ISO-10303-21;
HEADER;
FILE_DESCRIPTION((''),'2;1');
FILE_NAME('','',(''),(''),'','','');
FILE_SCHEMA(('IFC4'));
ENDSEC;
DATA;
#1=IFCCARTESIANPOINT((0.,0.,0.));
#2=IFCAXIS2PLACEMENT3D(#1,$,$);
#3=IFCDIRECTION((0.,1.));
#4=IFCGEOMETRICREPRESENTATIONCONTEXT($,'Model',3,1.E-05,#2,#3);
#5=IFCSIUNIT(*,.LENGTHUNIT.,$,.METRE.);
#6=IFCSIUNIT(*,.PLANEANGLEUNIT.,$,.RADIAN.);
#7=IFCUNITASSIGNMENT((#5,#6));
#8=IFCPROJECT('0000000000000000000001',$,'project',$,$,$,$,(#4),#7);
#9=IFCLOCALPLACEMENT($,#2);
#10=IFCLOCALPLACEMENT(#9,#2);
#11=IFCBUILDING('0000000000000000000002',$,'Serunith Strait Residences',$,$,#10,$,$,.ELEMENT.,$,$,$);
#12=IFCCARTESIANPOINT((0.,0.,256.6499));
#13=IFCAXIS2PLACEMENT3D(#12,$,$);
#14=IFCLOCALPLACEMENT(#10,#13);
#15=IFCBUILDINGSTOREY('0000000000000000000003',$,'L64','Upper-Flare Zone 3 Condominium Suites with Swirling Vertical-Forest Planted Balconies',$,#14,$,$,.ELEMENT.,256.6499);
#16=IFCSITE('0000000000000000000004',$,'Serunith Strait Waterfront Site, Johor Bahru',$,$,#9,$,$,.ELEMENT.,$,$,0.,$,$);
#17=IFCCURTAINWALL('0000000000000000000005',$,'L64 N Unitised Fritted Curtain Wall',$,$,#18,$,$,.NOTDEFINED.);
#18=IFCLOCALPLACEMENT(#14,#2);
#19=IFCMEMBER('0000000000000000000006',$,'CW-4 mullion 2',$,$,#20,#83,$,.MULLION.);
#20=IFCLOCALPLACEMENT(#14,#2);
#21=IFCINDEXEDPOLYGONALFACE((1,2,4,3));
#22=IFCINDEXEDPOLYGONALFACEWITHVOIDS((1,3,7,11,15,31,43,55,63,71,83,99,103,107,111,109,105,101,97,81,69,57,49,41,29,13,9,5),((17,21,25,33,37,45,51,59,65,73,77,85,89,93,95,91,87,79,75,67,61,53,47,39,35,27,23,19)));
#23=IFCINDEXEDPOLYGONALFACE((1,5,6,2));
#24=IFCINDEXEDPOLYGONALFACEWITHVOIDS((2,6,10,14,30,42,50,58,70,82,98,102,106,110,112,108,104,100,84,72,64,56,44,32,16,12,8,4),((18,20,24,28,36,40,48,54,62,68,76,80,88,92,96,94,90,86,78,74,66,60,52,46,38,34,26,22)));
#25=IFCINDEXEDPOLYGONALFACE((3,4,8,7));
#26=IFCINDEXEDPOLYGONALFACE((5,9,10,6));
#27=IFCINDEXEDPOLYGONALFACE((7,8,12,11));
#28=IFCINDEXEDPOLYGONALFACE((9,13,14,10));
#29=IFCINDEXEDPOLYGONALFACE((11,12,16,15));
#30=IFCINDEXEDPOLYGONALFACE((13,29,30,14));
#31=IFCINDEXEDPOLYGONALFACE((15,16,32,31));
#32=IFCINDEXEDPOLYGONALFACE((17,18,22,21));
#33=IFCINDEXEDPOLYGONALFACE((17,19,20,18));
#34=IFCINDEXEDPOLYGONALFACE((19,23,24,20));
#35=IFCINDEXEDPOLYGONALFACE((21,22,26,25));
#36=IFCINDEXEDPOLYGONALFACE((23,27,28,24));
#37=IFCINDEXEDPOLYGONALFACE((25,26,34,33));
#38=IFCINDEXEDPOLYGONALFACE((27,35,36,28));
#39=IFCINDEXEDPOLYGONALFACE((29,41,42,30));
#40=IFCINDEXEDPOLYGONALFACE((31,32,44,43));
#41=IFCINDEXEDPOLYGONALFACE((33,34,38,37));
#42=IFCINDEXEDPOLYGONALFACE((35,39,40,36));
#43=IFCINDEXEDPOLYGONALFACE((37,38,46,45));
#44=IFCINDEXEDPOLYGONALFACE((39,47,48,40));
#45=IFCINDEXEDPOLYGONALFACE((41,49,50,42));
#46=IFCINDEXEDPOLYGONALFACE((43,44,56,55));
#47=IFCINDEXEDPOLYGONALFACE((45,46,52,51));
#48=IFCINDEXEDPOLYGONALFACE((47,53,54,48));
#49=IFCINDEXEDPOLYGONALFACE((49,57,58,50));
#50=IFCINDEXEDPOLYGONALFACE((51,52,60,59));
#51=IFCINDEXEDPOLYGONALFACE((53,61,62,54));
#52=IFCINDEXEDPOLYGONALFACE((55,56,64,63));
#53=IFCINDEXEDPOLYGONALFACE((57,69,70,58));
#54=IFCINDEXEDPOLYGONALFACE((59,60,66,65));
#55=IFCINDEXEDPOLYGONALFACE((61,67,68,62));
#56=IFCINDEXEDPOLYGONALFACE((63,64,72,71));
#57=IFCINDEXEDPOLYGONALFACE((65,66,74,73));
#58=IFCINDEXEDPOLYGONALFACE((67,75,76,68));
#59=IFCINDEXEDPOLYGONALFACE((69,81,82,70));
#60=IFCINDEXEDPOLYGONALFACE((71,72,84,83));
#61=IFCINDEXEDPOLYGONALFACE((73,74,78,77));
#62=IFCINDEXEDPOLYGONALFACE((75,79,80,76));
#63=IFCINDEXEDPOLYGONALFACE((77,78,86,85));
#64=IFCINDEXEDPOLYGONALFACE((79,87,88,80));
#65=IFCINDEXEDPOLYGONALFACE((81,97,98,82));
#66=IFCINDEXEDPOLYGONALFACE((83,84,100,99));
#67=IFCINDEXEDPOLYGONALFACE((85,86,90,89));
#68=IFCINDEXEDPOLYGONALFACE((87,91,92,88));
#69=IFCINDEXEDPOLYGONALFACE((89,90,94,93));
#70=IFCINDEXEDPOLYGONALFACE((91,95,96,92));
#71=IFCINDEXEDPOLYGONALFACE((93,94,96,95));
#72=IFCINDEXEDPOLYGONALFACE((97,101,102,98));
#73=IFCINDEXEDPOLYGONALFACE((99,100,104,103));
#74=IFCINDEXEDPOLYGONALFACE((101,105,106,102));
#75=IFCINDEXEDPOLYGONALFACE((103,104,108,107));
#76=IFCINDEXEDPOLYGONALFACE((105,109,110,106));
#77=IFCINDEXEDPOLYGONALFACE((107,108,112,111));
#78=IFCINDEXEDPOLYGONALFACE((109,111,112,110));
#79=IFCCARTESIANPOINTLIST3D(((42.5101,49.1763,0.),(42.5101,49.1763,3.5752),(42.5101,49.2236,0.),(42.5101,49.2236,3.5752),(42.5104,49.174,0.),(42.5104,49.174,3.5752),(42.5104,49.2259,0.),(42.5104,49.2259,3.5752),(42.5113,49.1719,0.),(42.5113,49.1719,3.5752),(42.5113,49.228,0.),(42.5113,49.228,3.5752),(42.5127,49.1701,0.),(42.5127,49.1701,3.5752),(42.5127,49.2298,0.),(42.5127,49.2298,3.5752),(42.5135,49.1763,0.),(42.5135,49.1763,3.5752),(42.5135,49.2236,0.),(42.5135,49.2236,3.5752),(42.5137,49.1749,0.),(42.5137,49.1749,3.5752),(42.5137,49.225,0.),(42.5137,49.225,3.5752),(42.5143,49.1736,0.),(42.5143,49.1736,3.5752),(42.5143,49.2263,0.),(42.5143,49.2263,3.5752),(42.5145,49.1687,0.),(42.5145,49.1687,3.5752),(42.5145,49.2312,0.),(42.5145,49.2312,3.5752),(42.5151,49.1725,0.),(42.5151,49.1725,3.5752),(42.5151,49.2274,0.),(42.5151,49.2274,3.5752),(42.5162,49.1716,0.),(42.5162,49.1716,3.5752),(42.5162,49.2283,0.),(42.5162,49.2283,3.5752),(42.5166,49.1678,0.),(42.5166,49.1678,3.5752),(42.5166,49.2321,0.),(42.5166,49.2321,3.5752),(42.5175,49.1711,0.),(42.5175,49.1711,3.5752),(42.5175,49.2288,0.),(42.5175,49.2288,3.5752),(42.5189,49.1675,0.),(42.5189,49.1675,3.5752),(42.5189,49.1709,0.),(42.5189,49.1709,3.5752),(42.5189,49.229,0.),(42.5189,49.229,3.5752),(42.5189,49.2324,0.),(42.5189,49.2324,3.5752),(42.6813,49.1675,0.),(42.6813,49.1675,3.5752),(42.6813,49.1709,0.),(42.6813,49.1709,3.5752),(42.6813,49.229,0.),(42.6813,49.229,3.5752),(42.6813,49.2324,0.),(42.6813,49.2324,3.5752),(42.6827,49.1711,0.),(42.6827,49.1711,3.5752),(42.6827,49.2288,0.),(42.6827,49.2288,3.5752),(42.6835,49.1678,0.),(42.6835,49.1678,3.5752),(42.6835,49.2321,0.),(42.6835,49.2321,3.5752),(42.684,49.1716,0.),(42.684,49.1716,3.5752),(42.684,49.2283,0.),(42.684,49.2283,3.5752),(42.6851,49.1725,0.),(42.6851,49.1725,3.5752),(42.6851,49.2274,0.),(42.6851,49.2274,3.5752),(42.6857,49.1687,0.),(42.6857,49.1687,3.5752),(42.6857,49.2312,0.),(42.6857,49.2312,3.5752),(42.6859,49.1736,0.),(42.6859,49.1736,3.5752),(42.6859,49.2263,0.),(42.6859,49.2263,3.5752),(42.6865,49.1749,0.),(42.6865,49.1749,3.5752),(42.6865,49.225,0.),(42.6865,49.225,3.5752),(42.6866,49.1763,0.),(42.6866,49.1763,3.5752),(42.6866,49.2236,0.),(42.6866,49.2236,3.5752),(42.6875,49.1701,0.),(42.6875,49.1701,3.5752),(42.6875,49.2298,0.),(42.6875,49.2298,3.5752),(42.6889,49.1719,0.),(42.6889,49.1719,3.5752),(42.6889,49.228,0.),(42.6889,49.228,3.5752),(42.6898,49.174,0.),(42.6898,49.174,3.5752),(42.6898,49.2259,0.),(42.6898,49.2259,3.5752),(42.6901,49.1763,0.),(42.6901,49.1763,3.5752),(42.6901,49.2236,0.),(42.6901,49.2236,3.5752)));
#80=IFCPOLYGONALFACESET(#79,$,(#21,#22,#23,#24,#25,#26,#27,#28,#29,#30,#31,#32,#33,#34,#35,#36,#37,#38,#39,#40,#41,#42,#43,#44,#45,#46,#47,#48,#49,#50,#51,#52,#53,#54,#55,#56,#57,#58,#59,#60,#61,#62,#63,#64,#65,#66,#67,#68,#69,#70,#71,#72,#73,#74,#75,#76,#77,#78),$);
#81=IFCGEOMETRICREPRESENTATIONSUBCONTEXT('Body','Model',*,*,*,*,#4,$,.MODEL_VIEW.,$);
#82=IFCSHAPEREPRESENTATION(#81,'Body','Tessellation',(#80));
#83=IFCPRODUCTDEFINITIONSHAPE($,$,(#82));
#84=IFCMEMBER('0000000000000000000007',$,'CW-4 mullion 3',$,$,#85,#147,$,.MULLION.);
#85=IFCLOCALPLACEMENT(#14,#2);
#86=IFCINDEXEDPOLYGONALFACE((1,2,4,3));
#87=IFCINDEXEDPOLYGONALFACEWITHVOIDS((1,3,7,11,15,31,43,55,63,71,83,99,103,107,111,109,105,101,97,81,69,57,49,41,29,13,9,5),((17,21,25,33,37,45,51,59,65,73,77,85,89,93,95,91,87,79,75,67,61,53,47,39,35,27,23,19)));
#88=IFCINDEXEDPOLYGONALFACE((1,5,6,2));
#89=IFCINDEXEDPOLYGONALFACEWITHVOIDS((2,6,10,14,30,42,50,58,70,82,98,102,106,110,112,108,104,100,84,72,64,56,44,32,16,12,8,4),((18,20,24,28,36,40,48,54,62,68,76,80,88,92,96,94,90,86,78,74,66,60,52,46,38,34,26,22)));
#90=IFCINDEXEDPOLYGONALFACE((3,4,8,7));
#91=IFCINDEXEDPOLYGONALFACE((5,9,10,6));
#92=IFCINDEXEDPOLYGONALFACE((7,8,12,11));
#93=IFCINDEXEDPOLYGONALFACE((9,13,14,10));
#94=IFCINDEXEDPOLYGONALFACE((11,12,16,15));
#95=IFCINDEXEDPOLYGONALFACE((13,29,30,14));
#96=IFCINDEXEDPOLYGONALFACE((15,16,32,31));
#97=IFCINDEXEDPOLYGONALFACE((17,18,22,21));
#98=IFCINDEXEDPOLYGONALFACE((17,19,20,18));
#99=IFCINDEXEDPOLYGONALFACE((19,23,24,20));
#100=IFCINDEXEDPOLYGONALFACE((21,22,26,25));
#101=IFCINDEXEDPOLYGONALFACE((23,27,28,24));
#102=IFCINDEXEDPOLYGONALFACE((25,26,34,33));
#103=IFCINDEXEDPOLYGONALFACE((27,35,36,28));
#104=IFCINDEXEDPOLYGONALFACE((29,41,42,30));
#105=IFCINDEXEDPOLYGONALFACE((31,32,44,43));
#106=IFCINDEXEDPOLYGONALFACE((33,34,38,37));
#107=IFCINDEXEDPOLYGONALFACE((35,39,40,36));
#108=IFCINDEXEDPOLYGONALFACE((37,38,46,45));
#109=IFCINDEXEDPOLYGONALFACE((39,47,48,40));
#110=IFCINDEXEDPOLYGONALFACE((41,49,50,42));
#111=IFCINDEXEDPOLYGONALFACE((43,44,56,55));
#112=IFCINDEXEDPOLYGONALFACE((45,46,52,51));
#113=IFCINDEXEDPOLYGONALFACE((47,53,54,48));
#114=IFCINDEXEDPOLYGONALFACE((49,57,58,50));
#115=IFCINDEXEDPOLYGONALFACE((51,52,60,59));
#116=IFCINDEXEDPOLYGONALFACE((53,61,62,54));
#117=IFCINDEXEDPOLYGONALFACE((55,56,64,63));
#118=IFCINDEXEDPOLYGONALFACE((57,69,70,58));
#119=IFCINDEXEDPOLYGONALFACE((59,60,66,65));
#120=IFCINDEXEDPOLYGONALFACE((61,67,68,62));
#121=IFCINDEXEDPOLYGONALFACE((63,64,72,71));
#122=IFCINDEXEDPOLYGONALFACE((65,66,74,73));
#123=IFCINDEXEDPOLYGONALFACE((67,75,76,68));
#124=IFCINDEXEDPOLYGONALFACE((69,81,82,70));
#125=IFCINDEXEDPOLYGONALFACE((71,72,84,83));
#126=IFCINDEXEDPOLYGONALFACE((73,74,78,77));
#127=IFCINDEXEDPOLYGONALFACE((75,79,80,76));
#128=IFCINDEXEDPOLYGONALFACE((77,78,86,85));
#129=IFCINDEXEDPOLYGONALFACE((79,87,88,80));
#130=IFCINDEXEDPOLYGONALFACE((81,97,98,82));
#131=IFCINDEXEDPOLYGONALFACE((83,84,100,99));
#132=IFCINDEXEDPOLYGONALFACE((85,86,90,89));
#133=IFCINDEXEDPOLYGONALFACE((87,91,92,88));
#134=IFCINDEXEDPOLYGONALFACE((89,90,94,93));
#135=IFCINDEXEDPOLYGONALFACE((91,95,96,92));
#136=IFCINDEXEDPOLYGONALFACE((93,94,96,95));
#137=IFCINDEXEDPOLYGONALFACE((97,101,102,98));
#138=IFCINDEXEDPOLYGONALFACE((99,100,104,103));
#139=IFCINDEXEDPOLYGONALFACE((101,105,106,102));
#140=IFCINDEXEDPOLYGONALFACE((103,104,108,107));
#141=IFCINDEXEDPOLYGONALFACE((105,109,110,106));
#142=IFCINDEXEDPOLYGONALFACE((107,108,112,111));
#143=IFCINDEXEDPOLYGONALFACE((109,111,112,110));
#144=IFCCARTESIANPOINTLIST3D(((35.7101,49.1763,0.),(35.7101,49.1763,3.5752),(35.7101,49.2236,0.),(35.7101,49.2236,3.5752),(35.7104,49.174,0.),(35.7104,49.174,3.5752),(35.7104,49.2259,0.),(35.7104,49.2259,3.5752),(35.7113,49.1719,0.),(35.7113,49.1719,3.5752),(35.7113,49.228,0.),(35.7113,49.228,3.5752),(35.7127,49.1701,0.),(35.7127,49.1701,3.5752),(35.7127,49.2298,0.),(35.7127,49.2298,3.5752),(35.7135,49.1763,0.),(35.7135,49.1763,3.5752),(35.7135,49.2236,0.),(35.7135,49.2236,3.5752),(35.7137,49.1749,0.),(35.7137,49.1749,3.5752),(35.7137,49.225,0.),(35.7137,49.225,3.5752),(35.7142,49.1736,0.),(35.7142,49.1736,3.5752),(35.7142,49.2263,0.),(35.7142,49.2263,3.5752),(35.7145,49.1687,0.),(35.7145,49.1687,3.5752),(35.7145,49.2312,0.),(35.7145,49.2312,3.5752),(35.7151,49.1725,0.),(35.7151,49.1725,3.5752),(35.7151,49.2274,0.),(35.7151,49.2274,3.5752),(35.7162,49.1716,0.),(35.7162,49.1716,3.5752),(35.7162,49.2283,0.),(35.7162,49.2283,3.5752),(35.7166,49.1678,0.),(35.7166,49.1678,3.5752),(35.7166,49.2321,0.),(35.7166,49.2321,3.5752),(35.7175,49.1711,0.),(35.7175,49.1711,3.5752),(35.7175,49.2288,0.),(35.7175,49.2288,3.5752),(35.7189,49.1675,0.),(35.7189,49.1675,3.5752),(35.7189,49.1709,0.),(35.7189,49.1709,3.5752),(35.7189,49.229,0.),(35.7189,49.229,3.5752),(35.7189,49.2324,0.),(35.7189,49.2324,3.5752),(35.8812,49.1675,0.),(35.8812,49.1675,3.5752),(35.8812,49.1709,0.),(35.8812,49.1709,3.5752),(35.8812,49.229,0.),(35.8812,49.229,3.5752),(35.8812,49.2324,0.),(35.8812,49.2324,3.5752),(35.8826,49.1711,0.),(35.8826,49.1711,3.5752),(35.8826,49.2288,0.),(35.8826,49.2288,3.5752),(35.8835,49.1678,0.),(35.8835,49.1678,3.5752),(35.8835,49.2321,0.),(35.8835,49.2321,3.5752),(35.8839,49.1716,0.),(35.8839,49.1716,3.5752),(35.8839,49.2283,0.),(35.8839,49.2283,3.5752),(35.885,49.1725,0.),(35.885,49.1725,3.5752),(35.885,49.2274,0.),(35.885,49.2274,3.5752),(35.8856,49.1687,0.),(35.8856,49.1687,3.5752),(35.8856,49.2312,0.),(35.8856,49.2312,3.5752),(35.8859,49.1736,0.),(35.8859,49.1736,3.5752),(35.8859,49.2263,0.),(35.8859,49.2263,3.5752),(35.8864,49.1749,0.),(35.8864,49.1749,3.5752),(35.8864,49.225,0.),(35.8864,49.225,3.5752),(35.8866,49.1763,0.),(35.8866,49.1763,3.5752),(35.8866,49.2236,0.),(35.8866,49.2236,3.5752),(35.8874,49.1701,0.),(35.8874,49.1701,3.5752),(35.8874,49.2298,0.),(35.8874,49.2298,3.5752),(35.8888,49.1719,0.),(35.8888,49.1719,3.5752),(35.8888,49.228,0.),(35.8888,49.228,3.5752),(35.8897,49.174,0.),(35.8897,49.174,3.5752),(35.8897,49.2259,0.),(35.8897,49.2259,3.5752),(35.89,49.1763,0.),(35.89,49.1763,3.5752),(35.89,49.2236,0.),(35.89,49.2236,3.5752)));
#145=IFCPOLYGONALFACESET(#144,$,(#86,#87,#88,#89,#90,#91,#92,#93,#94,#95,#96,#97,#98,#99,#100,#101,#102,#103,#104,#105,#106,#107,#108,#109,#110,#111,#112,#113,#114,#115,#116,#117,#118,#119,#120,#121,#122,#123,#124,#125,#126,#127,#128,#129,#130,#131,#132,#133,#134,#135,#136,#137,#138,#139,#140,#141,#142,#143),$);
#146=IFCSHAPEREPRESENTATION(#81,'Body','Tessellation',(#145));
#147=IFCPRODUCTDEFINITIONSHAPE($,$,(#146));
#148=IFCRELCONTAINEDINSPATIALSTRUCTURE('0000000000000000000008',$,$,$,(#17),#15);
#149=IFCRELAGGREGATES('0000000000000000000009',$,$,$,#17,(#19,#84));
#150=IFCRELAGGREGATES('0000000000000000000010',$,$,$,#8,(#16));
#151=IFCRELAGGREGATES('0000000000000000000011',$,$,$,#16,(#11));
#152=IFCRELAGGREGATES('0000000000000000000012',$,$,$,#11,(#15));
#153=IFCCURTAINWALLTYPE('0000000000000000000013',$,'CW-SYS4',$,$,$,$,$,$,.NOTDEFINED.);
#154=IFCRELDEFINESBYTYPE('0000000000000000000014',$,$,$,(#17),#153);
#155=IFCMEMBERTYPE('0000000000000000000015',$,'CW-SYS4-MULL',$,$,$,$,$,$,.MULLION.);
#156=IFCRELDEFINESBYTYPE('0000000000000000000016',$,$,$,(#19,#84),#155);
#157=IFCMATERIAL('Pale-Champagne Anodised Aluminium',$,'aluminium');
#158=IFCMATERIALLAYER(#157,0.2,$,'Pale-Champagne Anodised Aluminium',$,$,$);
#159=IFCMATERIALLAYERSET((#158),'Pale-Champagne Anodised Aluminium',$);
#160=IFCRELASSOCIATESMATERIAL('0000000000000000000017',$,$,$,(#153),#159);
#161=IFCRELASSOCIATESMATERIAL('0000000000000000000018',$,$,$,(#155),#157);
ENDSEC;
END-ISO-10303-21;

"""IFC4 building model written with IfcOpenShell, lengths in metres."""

from ifc_helpers import new_model, si_unit, direction, frame, origin, origin_2d, place, context, subcontext, project, spatial, hollow_rectangle, extrude, source, transform, mapped, material, layer, layer_set, material_profile, profile_set, type_object, element, aggregate, save


model = new_model("IFC4")

# Units and contexts
model_context = context("Model", 3, precision=1e-05, world=origin(), true_north=direction((0.0, 1.0)))
body_context = subcontext(model_context, "Body", "Model", "MODEL_VIEW")
ifc_project = project(units=[si_unit("LENGTHUNIT", "METRE"), si_unit("PLANEANGLEUNIT", "RADIAN")], contexts=[model_context])

# Site, building, storey
site_placement = place(None, origin())
site = spatial("IfcSite", under=ifc_project, at=site_placement, Name="Serunith Strait Waterfront Site, Johor Bahru", CompositionType="ELEMENT", RefElevation=0.0)
building_placement = place(site_placement, origin())
building = spatial("IfcBuilding", under=site, at=building_placement, Name="Serunith Strait Residences", CompositionType="ELEMENT")
storey_placement = place(building_placement, frame((0.0, 0.0, 256.6499)))
storey = spatial("IfcBuildingStorey", under=building, at=storey_placement, Name="L64", Description="Upper-Flare Zone 3 Condominium Suites with Swirling Vertical-Forest Planted Balconies", CompositionType="ELEMENT", Elevation=256.6499)

# Curtain wall, members
ifc_material_1 = material(Name="Pale-Champagne Anodised Aluminium", Category="aluminium")
ifc_layer_1 = layer(ifc_material_1, 0.2, Name="Pale-Champagne Anodised Aluminium")
ifc_layer_set_1 = layer_set([ifc_layer_1], Name="Pale-Champagne Anodised Aluminium")
curtain_wall_type = type_object("IfcCurtainWallType", Name="CW-SYS4", PredefinedType="NOTDEFINED", material=ifc_layer_set_1)
curtain_wall_placement = place(storey_placement, origin())
curtain_wall = element("IfcCurtainWall", 1, at=curtain_wall_placement, inside=storey, type_object=curtain_wall_type, Name="L64 N Unitised Fritted Curtain Wall", PredefinedType="NOTDEFINED")
ifc_material_profile_1 = material_profile(ifc_material_1, hollow_rectangle(XDim=0.0649, YDim=0.1799, WallThickness=0.0034, InnerFilletRadius=0.0054, OuterFilletRadius=0.0088, at=origin_2d()), Name="ALU 180x65x3.5")
ifc_profile_set_1 = profile_set([ifc_material_profile_1], Name="Pale-Champagne Anodised Aluminium")
member_type_1 = type_object("IfcMemberType", Name="CW-SYS4-MULL", PredefinedType="MULLION", material=ifc_profile_set_1)
shared_shape_1 = source(origin(), body_context, "Body", "SweptSolid", [
    extrude(hollow_rectangle(XDim=0.0649, YDim=0.1799, WallThickness=0.0034, InnerFilletRadius=0.0054, OuterFilletRadius=0.0088, at=origin_2d()), origin(), (0.0, 0.0, 1.0), 3.5752),
])
member_1_placement = place(storey_placement, frame((42.6001, 49.2, 0.0), z_axis=(0.0, 0.0, 1.0), x_axis=(0.0, -1.0, 0.0)))
member_1 = element("IfcMember", 2, at=member_1_placement, type_object=member_type_1, Name="CW-4 mullion 2", PredefinedType="MULLION", context=body_context, shape_type="MappedRepresentation", body=[
    mapped(shared_shape_1, transform((0.0, 0.0, 0.0), scale=1.0)),
])
member_2_placement = place(storey_placement, frame((35.8, 49.2, 0.0), z_axis=(0.0, 0.0, 1.0), x_axis=(0.0, -1.0, 0.0)))
member_2 = element("IfcMember", 3, at=member_2_placement, type_object=member_type_1, Name="CW-4 mullion 3", PredefinedType="MULLION", context=body_context, shape_type="MappedRepresentation", body=[
    mapped(shared_shape_1, transform((0.0, 0.0, 0.0), scale=1.0)),
])
aggregate(curtain_wall, [member_1, member_2])

save(model, "model.ifc")
